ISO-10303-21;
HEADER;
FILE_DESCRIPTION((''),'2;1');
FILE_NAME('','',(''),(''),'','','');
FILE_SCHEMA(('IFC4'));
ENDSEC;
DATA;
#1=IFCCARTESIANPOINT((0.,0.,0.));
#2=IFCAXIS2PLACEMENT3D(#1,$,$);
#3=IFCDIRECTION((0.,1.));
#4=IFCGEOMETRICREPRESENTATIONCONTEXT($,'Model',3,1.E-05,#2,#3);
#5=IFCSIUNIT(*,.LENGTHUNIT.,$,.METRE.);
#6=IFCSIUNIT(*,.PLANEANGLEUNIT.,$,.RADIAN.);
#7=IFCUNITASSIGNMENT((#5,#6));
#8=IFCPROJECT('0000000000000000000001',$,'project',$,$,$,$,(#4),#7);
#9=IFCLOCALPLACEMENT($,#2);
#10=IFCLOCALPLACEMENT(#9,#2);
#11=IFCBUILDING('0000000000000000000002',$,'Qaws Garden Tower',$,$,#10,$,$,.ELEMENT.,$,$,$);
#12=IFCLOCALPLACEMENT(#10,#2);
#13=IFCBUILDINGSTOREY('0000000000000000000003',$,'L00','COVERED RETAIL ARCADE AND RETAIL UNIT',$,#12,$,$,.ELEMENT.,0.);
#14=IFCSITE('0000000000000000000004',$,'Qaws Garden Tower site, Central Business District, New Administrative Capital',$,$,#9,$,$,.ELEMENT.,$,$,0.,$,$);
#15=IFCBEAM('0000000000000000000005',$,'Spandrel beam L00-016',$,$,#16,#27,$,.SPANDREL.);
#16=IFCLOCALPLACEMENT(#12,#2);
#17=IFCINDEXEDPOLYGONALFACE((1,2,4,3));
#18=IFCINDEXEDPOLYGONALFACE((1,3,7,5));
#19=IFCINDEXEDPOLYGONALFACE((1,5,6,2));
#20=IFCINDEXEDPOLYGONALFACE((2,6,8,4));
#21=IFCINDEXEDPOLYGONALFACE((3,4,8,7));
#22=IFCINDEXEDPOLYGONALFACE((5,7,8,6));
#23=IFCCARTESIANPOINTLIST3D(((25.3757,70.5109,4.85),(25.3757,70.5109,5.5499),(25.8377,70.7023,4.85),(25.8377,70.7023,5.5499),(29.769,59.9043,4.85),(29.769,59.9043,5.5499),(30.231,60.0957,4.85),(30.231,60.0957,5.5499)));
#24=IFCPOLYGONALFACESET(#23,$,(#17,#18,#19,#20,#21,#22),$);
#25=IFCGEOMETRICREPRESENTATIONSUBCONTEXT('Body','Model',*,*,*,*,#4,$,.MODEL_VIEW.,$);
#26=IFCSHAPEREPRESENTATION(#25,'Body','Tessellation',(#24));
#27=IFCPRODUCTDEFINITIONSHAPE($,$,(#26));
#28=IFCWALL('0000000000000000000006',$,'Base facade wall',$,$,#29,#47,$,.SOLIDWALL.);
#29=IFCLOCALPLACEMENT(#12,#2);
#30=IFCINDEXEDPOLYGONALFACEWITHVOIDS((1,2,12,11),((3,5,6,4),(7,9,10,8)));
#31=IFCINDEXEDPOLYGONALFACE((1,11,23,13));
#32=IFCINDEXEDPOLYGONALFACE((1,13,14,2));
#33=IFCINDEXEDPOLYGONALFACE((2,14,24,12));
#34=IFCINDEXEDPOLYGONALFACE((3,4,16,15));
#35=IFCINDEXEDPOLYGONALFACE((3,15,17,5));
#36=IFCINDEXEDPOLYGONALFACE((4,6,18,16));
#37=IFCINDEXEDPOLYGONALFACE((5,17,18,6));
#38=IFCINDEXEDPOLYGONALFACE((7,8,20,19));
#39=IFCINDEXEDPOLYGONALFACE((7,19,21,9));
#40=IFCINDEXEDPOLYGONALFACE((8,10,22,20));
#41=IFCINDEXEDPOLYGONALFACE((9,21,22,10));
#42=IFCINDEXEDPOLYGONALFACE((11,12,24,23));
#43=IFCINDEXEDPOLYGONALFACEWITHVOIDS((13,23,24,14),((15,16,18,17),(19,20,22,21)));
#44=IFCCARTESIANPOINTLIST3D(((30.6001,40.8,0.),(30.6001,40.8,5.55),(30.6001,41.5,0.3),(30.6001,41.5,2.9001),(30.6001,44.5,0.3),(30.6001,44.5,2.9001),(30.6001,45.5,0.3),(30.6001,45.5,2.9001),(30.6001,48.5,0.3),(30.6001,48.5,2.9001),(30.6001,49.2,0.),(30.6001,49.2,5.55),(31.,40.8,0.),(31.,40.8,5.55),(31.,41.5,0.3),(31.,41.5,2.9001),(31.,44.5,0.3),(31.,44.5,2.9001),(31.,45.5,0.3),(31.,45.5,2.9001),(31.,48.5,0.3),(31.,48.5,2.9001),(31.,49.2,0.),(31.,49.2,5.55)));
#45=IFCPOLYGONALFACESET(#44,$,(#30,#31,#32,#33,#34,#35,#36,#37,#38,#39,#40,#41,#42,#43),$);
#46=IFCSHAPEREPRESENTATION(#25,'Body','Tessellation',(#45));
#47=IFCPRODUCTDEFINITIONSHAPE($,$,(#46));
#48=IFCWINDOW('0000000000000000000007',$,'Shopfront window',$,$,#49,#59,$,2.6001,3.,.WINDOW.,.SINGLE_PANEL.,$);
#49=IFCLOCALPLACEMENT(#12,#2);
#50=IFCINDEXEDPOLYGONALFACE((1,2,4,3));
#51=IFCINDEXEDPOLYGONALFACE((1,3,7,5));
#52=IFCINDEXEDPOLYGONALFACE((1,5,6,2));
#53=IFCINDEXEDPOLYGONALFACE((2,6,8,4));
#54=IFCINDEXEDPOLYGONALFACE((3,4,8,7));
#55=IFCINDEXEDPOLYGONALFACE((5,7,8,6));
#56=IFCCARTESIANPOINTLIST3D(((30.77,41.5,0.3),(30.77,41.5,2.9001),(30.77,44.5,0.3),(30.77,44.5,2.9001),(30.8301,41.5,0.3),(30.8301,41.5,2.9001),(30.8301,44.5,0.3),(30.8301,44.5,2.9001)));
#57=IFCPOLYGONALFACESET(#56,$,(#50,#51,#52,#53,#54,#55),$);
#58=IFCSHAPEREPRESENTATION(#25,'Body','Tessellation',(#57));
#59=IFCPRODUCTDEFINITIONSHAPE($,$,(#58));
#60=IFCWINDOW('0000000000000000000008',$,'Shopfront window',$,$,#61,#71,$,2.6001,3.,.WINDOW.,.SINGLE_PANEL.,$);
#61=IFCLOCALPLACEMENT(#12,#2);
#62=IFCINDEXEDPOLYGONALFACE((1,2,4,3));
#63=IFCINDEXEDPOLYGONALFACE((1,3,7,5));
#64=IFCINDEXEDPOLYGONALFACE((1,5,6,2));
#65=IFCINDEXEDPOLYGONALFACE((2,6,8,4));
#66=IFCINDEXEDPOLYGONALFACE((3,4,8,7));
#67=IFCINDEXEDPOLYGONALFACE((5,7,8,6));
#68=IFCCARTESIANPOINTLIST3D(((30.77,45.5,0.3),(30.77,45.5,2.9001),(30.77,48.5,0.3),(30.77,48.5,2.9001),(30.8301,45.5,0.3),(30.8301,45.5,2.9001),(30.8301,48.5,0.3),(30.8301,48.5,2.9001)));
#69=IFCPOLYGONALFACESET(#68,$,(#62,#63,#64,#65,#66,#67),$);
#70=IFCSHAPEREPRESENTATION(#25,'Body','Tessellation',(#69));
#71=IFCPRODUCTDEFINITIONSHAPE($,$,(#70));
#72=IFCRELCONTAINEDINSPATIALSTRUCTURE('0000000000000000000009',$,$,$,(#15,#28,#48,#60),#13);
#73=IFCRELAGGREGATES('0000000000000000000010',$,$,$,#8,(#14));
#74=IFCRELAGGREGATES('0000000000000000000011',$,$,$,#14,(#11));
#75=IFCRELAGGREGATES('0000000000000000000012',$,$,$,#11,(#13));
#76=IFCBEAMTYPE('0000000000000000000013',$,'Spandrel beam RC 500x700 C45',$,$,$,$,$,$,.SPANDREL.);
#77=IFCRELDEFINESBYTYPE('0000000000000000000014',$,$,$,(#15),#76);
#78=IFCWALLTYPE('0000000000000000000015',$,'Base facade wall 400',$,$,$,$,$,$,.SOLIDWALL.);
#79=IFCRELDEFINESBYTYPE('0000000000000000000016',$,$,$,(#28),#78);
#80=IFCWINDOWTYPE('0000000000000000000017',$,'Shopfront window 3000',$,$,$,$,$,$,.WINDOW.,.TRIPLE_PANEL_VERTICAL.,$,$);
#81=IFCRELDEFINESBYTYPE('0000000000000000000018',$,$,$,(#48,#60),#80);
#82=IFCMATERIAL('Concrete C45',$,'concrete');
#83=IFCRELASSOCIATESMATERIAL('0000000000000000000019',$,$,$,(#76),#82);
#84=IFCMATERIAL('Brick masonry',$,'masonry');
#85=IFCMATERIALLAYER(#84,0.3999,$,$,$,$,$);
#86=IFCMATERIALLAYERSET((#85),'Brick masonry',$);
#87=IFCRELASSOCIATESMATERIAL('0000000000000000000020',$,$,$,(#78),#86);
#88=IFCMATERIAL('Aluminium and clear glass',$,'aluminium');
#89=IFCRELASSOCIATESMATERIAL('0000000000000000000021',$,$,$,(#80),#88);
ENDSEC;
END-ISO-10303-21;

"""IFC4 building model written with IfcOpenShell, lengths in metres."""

from ifc_helpers import new_model, si_unit, direction, frame, frame_2d, origin, origin_2d, place, context, subcontext, project, spatial, rectangle, extrude, material, layer, layer_set, material_profile, profile_set, type_object, element, fill, save


model = new_model("IFC4")

# Units and contexts
model_context = context("Model", 3, precision=1e-05, world=origin(), true_north=direction((0.0, 1.0)))
body_context = subcontext(model_context, "Body", "Model", "MODEL_VIEW")
ifc_project = project(units=[si_unit("LENGTHUNIT", "METRE"), si_unit("PLANEANGLEUNIT", "RADIAN")], contexts=[model_context])

# Site, building, storey
site_placement = place(None, origin())
site = spatial("IfcSite", under=ifc_project, at=site_placement, Name="Qaws Garden Tower site, Central Business District, New Administrative Capital", CompositionType="ELEMENT", RefElevation=0.0)
building_placement = place(site_placement, origin())
building = spatial("IfcBuilding", under=site, at=building_placement, Name="Qaws Garden Tower", CompositionType="ELEMENT")
storey_placement = place(building_placement, origin())
storey = spatial("IfcBuildingStorey", under=building, at=storey_placement, Name="L00", Description="COVERED RETAIL ARCADE AND RETAIL UNIT", CompositionType="ELEMENT", Elevation=0.0)

# Beam
ifc_material_1 = material(Name="Concrete C45", Category="concrete")
ifc_material_profile_1 = material_profile(ifc_material_1, rectangle(XDim=0.5, YDim=0.7, at=origin_2d()), Name="RC 500x700")
ifc_profile_set_1 = profile_set([ifc_material_profile_1], Name="Concrete C45")
beam_type = type_object("IfcBeamType", Name="Spandrel beam RC 500x700 C45", PredefinedType="SPANDREL", material=ifc_profile_set_1)
beam_1_placement = place(storey_placement, frame((30.0, 60.0, 5.2), z_axis=(-0.382674, 0.923883, 0.0), x_axis=(-0.923883, -0.382674, 0.0)))
element("IfcBeam", 1, at=beam_1_placement, inside=storey, type_object=beam_type, Name="Spandrel beam L00-016", PredefinedType="SPANDREL", context=body_context, shape_type="SweptSolid", body=[
    extrude(rectangle(XDim=0.5, YDim=0.7, at=origin_2d()), origin(), (0.0, 0.0, 1.0), 11.4805),
])

# Wall, openings, windows
ifc_material_2 = material(Name="Brick masonry", Category="masonry")
ifc_layer_1 = layer(ifc_material_2, 0.3999)
ifc_layer_set_1 = layer_set([ifc_layer_1], Name="Brick masonry")
wall_type_1 = type_object("IfcWallType", Name="Base facade wall 400", PredefinedType="SOLIDWALL", material=ifc_layer_set_1)
wall_1_placement = place(storey_placement, frame((30.8, 40.8, 0.0), z_axis=(0.0, 0.0, 1.0), x_axis=(0.0, 1.0, 0.0)))
wall_1 = element("IfcWall", 2, at=wall_1_placement, inside=storey, type_object=wall_type_1, Name="Base facade wall", PredefinedType="SOLIDWALL", context=body_context, shape_type="SweptSolid", body=[
    extrude(rectangle(XDim=8.3999, YDim=0.3999, at=frame_2d((4.2, 0.0))), origin(), (0.0, 0.0, 1.0), 5.55),
])
opening_1_placement = place(wall_1_placement, frame((0.7, 0.0, 0.3)))
opening_1 = element("IfcOpeningElement", 3, at=opening_1_placement, cuts=wall_1, PredefinedType="OPENING", context=body_context, shape_type="SweptSolid", body=[
    extrude(rectangle(XDim=3.0, YDim=2.6001, at=frame_2d((1.5, 1.3))), frame((0.0, 0.21, 0.0), z_axis=(0.0, -1.0, 0.0), x_axis=(1.0, 0.0, 0.0)), (0.0, 0.0, 1.0), 0.4199),
])
opening_2_placement = place(wall_1_placement, frame((4.7, 0.0, 0.3)))
opening_2 = element("IfcOpeningElement", 4, at=opening_2_placement, cuts=wall_1, PredefinedType="OPENING", context=body_context, shape_type="SweptSolid", body=[
    extrude(rectangle(XDim=3.0, YDim=2.6001, at=frame_2d((1.5, 1.3))), frame((0.0, 0.21, 0.0), z_axis=(0.0, -1.0, 0.0), x_axis=(1.0, 0.0, 0.0)), (0.0, 0.0, 1.0), 0.4199),
])
ifc_material_3 = material(Name="Aluminium and clear glass", Category="aluminium")
window_type = type_object("IfcWindowType", Name="Shopfront window 3000", PartitioningType="TRIPLE_PANEL_VERTICAL", PredefinedType="WINDOW", material=ifc_material_3)
window_1_placement = place(opening_1_placement, origin())
window_1 = element("IfcWindow", 5, at=window_1_placement, inside=storey, type_object=window_type, Name="Shopfront window", OverallHeight=2.6001, OverallWidth=3.0, PartitioningType="SINGLE_PANEL", PredefinedType="WINDOW", context=body_context, shape_type="SweptSolid", body=[
    extrude(rectangle(XDim=3.0, YDim=2.6001, at=frame_2d((1.5, 1.3))), frame((0.0, 0.03, 0.0), z_axis=(0.0, -1.0, 0.0), x_axis=(1.0, 0.0, 0.0)), (0.0, 0.0, 1.0), 0.0601),
])
fill(opening_1, window_1)
window_2_placement = place(opening_2_placement, origin())
window_2 = element("IfcWindow", 6, at=window_2_placement, inside=storey, type_object=window_type, Name="Shopfront window", OverallHeight=2.6001, OverallWidth=3.0, PartitioningType="SINGLE_PANEL", PredefinedType="WINDOW", context=body_context, shape_type="SweptSolid", body=[
    extrude(rectangle(XDim=3.0, YDim=2.6001, at=frame_2d((1.5, 1.3))), frame((0.0, 0.03, 0.0), z_axis=(0.0, -1.0, 0.0), x_axis=(1.0, 0.0, 0.0)), (0.0, 0.0, 1.0), 0.0601),
])
fill(opening_2, window_2)

save(model, "model.ifc")
